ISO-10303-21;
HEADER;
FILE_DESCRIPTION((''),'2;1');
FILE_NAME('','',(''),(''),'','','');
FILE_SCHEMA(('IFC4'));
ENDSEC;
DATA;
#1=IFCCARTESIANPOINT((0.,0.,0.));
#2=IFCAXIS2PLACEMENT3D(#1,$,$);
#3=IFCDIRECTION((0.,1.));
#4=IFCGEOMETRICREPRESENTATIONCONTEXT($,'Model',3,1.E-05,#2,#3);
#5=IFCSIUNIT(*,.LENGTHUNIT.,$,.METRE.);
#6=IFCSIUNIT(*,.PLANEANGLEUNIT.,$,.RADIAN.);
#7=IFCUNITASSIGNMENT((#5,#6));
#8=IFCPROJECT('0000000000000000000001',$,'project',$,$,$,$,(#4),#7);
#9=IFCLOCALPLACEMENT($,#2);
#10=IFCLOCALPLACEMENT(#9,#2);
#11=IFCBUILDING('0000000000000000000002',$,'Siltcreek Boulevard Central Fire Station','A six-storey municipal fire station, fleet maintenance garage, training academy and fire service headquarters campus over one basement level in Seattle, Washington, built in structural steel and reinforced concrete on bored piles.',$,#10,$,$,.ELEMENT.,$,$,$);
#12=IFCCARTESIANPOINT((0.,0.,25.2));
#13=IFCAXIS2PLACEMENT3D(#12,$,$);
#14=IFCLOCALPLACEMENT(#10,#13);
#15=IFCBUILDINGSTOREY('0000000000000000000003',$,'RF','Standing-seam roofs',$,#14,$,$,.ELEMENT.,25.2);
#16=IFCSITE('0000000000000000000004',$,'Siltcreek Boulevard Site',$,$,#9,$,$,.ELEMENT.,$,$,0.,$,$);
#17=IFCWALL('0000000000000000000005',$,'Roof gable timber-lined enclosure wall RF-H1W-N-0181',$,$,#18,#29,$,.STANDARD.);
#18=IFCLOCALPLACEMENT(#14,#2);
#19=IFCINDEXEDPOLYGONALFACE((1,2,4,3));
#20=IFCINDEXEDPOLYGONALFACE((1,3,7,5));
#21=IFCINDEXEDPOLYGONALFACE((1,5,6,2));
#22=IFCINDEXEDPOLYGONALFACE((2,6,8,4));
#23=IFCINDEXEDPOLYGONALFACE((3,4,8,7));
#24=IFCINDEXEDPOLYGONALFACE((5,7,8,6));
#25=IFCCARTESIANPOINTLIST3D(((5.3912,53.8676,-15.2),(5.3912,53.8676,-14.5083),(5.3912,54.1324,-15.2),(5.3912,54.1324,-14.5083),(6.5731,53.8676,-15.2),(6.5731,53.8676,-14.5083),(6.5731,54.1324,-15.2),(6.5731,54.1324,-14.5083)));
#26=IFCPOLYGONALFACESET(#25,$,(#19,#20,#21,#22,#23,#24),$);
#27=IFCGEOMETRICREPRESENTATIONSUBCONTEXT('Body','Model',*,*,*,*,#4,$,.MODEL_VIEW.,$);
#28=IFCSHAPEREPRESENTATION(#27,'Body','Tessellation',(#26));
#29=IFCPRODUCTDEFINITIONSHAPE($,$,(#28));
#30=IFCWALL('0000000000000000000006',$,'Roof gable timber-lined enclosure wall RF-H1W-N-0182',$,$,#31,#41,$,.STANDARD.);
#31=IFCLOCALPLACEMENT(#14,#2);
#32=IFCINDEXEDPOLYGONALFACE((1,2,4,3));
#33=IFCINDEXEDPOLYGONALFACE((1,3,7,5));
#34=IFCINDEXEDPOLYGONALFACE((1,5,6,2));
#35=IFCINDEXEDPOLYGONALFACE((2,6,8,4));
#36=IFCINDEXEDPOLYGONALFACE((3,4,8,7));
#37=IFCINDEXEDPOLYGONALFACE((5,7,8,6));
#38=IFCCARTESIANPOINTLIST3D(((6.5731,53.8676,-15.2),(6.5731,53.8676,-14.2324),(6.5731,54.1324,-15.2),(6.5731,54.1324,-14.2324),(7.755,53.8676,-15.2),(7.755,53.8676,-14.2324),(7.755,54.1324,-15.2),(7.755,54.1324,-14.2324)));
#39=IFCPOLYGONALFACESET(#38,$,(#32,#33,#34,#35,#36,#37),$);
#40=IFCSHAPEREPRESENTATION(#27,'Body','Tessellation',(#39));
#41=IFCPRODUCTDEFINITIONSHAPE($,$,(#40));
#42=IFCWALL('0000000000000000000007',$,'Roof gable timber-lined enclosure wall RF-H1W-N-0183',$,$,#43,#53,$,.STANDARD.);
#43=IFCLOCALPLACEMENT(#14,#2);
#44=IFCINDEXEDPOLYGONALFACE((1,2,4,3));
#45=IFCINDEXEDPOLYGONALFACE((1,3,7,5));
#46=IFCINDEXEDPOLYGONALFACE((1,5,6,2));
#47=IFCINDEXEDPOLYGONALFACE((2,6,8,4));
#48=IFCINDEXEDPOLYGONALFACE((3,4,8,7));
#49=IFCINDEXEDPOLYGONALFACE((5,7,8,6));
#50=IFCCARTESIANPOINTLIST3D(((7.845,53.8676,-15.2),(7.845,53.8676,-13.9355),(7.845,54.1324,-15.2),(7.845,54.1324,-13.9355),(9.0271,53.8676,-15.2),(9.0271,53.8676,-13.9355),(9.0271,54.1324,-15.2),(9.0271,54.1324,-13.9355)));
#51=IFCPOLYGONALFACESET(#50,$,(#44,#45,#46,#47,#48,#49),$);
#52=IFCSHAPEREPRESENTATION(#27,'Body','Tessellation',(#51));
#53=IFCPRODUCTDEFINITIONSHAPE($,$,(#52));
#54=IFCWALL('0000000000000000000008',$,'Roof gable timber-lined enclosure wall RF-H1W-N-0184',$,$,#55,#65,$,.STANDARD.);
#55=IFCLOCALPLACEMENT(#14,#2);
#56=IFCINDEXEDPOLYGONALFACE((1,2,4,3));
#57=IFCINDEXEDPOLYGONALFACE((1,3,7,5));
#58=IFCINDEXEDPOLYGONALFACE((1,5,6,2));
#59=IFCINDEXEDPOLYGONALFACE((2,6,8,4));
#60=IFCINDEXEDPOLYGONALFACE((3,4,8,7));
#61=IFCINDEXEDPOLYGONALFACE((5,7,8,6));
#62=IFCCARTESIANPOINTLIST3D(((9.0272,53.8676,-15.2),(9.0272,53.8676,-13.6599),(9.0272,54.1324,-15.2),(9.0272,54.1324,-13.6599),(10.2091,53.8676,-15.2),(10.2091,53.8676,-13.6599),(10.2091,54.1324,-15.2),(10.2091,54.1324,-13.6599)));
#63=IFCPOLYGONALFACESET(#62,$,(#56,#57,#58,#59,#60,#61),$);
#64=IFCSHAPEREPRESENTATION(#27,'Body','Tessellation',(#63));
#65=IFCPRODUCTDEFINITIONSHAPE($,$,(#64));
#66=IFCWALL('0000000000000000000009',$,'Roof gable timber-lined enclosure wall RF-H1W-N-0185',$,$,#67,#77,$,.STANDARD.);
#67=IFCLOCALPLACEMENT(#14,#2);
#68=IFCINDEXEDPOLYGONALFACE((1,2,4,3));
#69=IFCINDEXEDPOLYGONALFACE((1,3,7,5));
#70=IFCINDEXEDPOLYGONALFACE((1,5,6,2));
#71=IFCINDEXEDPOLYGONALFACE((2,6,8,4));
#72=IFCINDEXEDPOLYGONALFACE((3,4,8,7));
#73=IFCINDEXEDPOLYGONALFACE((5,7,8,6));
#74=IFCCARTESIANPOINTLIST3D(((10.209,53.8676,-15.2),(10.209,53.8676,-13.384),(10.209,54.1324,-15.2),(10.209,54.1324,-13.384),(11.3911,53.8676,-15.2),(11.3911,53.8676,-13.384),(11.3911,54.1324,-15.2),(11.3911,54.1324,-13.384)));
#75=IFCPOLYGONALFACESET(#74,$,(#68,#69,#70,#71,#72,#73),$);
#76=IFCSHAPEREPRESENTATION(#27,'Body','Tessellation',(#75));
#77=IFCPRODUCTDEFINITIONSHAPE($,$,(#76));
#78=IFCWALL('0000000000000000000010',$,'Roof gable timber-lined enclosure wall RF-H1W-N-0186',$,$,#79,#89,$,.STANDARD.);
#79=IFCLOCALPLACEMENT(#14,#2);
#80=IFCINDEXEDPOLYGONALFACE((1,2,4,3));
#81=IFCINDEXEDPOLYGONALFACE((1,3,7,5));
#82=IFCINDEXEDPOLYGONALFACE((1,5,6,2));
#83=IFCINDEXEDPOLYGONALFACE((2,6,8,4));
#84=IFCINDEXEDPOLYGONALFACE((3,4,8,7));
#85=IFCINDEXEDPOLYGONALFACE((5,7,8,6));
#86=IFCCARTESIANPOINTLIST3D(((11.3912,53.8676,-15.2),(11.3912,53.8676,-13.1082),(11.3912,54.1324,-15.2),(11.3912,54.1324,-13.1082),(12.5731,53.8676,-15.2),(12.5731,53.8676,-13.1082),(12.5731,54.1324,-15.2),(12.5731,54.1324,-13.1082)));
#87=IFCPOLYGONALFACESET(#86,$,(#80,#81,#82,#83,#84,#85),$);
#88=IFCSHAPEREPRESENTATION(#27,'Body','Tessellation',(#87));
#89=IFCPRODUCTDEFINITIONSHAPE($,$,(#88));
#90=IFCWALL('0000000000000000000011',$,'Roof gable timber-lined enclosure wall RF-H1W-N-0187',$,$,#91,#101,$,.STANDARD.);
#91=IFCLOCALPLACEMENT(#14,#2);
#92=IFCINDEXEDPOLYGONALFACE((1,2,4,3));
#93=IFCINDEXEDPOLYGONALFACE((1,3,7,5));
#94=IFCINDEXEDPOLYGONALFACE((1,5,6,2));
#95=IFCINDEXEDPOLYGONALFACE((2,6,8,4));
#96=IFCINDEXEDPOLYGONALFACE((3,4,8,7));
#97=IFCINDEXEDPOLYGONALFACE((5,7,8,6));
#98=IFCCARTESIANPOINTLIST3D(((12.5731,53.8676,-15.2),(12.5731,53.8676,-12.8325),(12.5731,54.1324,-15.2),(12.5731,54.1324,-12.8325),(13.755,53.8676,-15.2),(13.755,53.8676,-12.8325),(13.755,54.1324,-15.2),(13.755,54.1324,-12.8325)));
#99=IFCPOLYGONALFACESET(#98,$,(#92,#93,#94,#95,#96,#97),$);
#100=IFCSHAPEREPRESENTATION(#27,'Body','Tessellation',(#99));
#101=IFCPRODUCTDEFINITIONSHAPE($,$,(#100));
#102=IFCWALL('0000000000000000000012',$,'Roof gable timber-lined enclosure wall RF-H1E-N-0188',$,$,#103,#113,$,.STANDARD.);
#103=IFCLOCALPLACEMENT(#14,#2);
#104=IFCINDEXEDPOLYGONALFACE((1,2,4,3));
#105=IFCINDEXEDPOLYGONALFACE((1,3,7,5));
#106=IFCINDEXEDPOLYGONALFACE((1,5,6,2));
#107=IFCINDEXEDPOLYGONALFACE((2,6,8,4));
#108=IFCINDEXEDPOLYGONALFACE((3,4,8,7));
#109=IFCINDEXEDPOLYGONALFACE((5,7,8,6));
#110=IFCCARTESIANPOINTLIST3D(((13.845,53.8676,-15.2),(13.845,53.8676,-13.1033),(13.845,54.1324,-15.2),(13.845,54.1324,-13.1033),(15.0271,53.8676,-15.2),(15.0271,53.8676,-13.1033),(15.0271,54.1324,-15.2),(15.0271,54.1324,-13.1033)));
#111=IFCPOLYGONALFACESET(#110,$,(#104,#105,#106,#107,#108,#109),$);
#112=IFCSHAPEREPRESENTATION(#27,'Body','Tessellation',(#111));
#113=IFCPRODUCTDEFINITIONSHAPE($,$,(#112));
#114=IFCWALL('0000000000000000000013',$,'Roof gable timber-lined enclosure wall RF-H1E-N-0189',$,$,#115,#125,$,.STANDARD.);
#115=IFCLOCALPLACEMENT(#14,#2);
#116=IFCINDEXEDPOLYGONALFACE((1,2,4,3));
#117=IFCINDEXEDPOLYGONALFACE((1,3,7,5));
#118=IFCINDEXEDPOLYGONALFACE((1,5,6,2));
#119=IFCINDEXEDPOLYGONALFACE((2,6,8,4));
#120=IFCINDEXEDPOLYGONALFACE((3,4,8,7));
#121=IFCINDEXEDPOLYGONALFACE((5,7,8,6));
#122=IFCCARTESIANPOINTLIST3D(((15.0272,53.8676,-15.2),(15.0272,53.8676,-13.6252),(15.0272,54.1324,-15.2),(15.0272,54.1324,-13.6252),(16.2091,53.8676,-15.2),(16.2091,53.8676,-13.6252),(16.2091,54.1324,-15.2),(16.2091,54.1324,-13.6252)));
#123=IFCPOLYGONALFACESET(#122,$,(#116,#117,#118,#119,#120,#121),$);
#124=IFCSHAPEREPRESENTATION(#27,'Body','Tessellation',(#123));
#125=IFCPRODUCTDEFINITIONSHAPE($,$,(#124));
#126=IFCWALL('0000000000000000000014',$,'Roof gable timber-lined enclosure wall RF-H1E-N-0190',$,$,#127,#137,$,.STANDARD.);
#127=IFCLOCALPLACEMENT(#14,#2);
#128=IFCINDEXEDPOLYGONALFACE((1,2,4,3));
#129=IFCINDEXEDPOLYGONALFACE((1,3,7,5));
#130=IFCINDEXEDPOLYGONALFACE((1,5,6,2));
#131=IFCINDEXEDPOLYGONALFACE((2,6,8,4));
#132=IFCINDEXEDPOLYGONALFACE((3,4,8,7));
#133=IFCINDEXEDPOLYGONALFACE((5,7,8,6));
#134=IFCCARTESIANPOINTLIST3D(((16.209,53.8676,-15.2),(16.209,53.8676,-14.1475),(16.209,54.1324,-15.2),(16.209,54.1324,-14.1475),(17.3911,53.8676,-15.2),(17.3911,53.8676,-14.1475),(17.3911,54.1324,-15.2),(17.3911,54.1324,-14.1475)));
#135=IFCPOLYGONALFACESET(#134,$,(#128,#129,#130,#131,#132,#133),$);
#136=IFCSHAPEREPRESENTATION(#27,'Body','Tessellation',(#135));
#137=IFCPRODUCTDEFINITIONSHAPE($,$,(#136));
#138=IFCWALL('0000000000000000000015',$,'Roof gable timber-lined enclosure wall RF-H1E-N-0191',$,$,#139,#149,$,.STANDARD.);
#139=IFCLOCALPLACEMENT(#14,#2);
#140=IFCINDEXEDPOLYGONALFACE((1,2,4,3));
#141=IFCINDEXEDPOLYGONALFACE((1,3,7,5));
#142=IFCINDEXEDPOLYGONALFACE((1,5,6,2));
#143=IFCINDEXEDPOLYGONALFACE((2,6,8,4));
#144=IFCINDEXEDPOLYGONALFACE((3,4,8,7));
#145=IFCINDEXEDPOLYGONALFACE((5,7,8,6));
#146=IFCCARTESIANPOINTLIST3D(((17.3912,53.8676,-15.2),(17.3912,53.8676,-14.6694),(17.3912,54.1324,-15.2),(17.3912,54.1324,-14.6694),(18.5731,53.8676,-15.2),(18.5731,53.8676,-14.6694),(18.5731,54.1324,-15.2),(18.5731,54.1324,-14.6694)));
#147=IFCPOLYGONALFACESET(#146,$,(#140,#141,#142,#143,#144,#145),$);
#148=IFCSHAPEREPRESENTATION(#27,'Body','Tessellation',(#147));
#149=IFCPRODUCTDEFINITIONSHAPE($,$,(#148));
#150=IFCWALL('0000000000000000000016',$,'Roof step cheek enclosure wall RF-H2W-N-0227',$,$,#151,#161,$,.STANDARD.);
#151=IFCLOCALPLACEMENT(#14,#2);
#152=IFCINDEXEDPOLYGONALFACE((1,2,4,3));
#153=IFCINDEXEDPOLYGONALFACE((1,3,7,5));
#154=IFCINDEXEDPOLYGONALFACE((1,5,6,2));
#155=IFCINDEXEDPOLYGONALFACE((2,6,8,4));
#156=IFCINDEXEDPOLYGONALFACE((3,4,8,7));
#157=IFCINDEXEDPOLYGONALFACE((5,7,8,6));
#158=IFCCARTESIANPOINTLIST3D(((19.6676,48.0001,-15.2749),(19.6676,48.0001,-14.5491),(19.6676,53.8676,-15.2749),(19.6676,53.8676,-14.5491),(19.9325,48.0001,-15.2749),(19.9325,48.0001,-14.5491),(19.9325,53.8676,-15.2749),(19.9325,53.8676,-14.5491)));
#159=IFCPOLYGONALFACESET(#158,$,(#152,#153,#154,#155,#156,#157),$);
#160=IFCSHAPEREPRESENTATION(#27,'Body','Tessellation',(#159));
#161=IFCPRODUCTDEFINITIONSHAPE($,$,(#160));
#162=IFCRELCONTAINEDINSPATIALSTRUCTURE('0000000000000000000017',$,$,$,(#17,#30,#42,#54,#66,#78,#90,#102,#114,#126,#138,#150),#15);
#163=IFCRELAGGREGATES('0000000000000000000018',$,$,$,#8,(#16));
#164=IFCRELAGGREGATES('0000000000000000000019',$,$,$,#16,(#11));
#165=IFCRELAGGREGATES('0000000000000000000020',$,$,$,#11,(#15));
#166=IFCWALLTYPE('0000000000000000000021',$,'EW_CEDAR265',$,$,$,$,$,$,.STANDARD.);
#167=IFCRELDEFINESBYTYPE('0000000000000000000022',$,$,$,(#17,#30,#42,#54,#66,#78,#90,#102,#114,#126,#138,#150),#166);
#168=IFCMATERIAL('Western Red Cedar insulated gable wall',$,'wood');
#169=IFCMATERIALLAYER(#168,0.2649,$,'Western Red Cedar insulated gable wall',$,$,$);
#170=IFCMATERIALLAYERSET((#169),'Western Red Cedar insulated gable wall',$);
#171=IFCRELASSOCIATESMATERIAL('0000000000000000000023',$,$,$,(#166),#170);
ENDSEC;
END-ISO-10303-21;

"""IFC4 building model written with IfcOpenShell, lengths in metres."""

from ifc_helpers import new_model, si_unit, direction, frame, frame_2d, origin, place, context, subcontext, project, spatial, rectangle, extrude, material, layer, layer_set, type_object, element, save


model = new_model("IFC4")

# Units and contexts
model_context = context("Model", 3, precision=1e-05, world=origin(), true_north=direction((0.0, 1.0)))
body_context = subcontext(model_context, "Body", "Model", "MODEL_VIEW")
ifc_project = project(units=[si_unit("LENGTHUNIT", "METRE"), si_unit("PLANEANGLEUNIT", "RADIAN")], contexts=[model_context])

# Site, building, storey
site_placement = place(None, origin())
site = spatial("IfcSite", under=ifc_project, at=site_placement, Name="Siltcreek Boulevard Site", CompositionType="ELEMENT", RefElevation=0.0)
building_placement = place(site_placement, origin())
building = spatial("IfcBuilding", under=site, at=building_placement, Name="Siltcreek Boulevard Central Fire Station", Description="A six-storey municipal fire station, fleet maintenance garage, training academy and fire service headquarters campus over one basement level in Seattle, Washington, built in structural steel and reinforced concrete on bored piles.", CompositionType="ELEMENT")
storey_placement = place(building_placement, frame((0.0, 0.0, 25.2)))
storey = spatial("IfcBuildingStorey", under=building, at=storey_placement, Name="RF", Description="Standing-seam roofs", CompositionType="ELEMENT", Elevation=25.2)

# Walls
ifc_material_1 = material(Name="Western Red Cedar insulated gable wall", Category="wood")
ifc_layer_1 = layer(ifc_material_1, 0.2649, Name="Western Red Cedar insulated gable wall")
ifc_layer_set_1 = layer_set([ifc_layer_1], Name="Western Red Cedar insulated gable wall")
wall_type = type_object("IfcWallType", Name="EW_CEDAR265", PredefinedType="STANDARD", material=ifc_layer_set_1)
wall_1_placement = place(storey_placement, frame((6.573, 54.0, -15.2), z_axis=(0.0, 0.0, 1.0), x_axis=(-1.0, 0.0, 0.0)))
element("IfcWall", 1, at=wall_1_placement, inside=storey, type_object=wall_type, Name="Roof gable timber-lined enclosure wall RF-H1W-N-0181", PredefinedType="STANDARD", context=body_context, shape_type="SweptSolid", body=[
    extrude(rectangle(XDim=1.1819, YDim=0.2649, at=frame_2d((0.5908, 0.0))), origin(), (0.0, 0.0, 1.0), 0.6917),
])
wall_2_placement = place(storey_placement, frame((7.7549, 54.0, -15.2), z_axis=(0.0, 0.0, 1.0), x_axis=(-1.0, 0.0, 0.0)))
element("IfcWall", 2, at=wall_2_placement, inside=storey, type_object=wall_type, Name="Roof gable timber-lined enclosure wall RF-H1W-N-0182", PredefinedType="STANDARD", context=body_context, shape_type="SweptSolid", body=[
    extrude(rectangle(XDim=1.1819, YDim=0.2649, at=frame_2d((0.5908, 0.0))), origin(), (0.0, 0.0, 1.0), 0.9675),
])
wall_3_placement = place(storey_placement, frame((9.0271, 54.0, -15.2), z_axis=(0.0, 0.0, 1.0), x_axis=(-1.0, 0.0, 0.0)))
element("IfcWall", 3, at=wall_3_placement, inside=storey, type_object=wall_type, Name="Roof gable timber-lined enclosure wall RF-H1W-N-0183", PredefinedType="STANDARD", context=body_context, shape_type="SweptSolid", body=[
    extrude(rectangle(XDim=1.1821, YDim=0.2649, at=frame_2d((0.5911, 0.0))), origin(), (0.0, 0.0, 1.0), 1.2644),
])
wall_4_placement = place(storey_placement, frame((10.209, 54.0, -15.2), z_axis=(0.0, 0.0, 1.0), x_axis=(-1.0, 0.0, 0.0)))
element("IfcWall", 4, at=wall_4_placement, inside=storey, type_object=wall_type, Name="Roof gable timber-lined enclosure wall RF-H1W-N-0184", PredefinedType="STANDARD", context=body_context, shape_type="SweptSolid", body=[
    extrude(rectangle(XDim=1.1819, YDim=0.2649, at=frame_2d((0.5908, 0.0))), origin(), (0.0, 0.0, 1.0), 1.54),
])
wall_5_placement = place(storey_placement, frame((11.3911, 54.0, -15.2), z_axis=(0.0, 0.0, 1.0), x_axis=(-1.0, 0.0, 0.0)))
element("IfcWall", 5, at=wall_5_placement, inside=storey, type_object=wall_type, Name="Roof gable timber-lined enclosure wall RF-H1W-N-0185", PredefinedType="STANDARD", context=body_context, shape_type="SweptSolid", body=[
    extrude(rectangle(XDim=1.1821, YDim=0.2649, at=frame_2d((0.5911, 0.0))), origin(), (0.0, 0.0, 1.0), 1.8159),
])
wall_6_placement = place(storey_placement, frame((12.573, 54.0, -15.2), z_axis=(0.0, 0.0, 1.0), x_axis=(-1.0, 0.0, 0.0)))
element("IfcWall", 6, at=wall_6_placement, inside=storey, type_object=wall_type, Name="Roof gable timber-lined enclosure wall RF-H1W-N-0186", PredefinedType="STANDARD", context=body_context, shape_type="SweptSolid", body=[
    extrude(rectangle(XDim=1.1819, YDim=0.2649, at=frame_2d((0.5908, 0.0))), origin(), (0.0, 0.0, 1.0), 2.0918),
])
wall_7_placement = place(storey_placement, frame((13.7549, 54.0, -15.2), z_axis=(0.0, 0.0, 1.0), x_axis=(-1.0, 0.0, 0.0)))
element("IfcWall", 7, at=wall_7_placement, inside=storey, type_object=wall_type, Name="Roof gable timber-lined enclosure wall RF-H1W-N-0187", PredefinedType="STANDARD", context=body_context, shape_type="SweptSolid", body=[
    extrude(rectangle(XDim=1.1819, YDim=0.2649, at=frame_2d((0.5908, 0.0))), origin(), (0.0, 0.0, 1.0), 2.3674),
])
wall_8_placement = place(storey_placement, frame((15.0271, 54.0, -15.2), z_axis=(0.0, 0.0, 1.0), x_axis=(-1.0, 0.0, 0.0)))
element("IfcWall", 8, at=wall_8_placement, inside=storey, type_object=wall_type, Name="Roof gable timber-lined enclosure wall RF-H1E-N-0188", PredefinedType="STANDARD", context=body_context, shape_type="SweptSolid", body=[
    extrude(rectangle(XDim=1.1821, YDim=0.2649, at=frame_2d((0.5911, 0.0))), origin(), (0.0, 0.0, 1.0), 2.0967),
])
wall_9_placement = place(storey_placement, frame((16.209, 54.0, -15.2), z_axis=(0.0, 0.0, 1.0), x_axis=(-1.0, 0.0, 0.0)))
element("IfcWall", 9, at=wall_9_placement, inside=storey, type_object=wall_type, Name="Roof gable timber-lined enclosure wall RF-H1E-N-0189", PredefinedType="STANDARD", context=body_context, shape_type="SweptSolid", body=[
    extrude(rectangle(XDim=1.1819, YDim=0.2649, at=frame_2d((0.5908, 0.0))), origin(), (0.0, 0.0, 1.0), 1.5747),
])
wall_10_placement = place(storey_placement, frame((17.3911, 54.0, -15.2), z_axis=(0.0, 0.0, 1.0), x_axis=(-1.0, 0.0, 0.0)))
element("IfcWall", 10, at=wall_10_placement, inside=storey, type_object=wall_type, Name="Roof gable timber-lined enclosure wall RF-H1E-N-0190", PredefinedType="STANDARD", context=body_context, shape_type="SweptSolid", body=[
    extrude(rectangle(XDim=1.1821, YDim=0.2649, at=frame_2d((0.5911, 0.0))), origin(), (0.0, 0.0, 1.0), 1.0525),
])
wall_11_placement = place(storey_placement, frame((18.573, 54.0, -15.2), z_axis=(0.0, 0.0, 1.0), x_axis=(-1.0, 0.0, 0.0)))
element("IfcWall", 11, at=wall_11_placement, inside=storey, type_object=wall_type, Name="Roof gable timber-lined enclosure wall RF-H1E-N-0191", PredefinedType="STANDARD", context=body_context, shape_type="SweptSolid", body=[
    extrude(rectangle(XDim=1.1819, YDim=0.2649, at=frame_2d((0.5908, 0.0))), origin(), (0.0, 0.0, 1.0), 0.5305),
])
wall_12_placement = place(storey_placement, frame((19.8, 53.8674, -15.2749), z_axis=(0.0, 0.0, 1.0), x_axis=(0.0, -1.0, 0.0)))
element("IfcWall", 12, at=wall_12_placement, inside=storey, type_object=wall_type, Name="Roof step cheek enclosure wall RF-H2W-N-0227", PredefinedType="STANDARD", context=body_context, shape_type="SweptSolid", body=[
    extrude(rectangle(XDim=5.8674, YDim=0.2649, at=frame_2d((2.9336, 0.0))), origin(), (0.0, 0.0, 1.0), 0.7258),
])

save(model, "model.ifc")
